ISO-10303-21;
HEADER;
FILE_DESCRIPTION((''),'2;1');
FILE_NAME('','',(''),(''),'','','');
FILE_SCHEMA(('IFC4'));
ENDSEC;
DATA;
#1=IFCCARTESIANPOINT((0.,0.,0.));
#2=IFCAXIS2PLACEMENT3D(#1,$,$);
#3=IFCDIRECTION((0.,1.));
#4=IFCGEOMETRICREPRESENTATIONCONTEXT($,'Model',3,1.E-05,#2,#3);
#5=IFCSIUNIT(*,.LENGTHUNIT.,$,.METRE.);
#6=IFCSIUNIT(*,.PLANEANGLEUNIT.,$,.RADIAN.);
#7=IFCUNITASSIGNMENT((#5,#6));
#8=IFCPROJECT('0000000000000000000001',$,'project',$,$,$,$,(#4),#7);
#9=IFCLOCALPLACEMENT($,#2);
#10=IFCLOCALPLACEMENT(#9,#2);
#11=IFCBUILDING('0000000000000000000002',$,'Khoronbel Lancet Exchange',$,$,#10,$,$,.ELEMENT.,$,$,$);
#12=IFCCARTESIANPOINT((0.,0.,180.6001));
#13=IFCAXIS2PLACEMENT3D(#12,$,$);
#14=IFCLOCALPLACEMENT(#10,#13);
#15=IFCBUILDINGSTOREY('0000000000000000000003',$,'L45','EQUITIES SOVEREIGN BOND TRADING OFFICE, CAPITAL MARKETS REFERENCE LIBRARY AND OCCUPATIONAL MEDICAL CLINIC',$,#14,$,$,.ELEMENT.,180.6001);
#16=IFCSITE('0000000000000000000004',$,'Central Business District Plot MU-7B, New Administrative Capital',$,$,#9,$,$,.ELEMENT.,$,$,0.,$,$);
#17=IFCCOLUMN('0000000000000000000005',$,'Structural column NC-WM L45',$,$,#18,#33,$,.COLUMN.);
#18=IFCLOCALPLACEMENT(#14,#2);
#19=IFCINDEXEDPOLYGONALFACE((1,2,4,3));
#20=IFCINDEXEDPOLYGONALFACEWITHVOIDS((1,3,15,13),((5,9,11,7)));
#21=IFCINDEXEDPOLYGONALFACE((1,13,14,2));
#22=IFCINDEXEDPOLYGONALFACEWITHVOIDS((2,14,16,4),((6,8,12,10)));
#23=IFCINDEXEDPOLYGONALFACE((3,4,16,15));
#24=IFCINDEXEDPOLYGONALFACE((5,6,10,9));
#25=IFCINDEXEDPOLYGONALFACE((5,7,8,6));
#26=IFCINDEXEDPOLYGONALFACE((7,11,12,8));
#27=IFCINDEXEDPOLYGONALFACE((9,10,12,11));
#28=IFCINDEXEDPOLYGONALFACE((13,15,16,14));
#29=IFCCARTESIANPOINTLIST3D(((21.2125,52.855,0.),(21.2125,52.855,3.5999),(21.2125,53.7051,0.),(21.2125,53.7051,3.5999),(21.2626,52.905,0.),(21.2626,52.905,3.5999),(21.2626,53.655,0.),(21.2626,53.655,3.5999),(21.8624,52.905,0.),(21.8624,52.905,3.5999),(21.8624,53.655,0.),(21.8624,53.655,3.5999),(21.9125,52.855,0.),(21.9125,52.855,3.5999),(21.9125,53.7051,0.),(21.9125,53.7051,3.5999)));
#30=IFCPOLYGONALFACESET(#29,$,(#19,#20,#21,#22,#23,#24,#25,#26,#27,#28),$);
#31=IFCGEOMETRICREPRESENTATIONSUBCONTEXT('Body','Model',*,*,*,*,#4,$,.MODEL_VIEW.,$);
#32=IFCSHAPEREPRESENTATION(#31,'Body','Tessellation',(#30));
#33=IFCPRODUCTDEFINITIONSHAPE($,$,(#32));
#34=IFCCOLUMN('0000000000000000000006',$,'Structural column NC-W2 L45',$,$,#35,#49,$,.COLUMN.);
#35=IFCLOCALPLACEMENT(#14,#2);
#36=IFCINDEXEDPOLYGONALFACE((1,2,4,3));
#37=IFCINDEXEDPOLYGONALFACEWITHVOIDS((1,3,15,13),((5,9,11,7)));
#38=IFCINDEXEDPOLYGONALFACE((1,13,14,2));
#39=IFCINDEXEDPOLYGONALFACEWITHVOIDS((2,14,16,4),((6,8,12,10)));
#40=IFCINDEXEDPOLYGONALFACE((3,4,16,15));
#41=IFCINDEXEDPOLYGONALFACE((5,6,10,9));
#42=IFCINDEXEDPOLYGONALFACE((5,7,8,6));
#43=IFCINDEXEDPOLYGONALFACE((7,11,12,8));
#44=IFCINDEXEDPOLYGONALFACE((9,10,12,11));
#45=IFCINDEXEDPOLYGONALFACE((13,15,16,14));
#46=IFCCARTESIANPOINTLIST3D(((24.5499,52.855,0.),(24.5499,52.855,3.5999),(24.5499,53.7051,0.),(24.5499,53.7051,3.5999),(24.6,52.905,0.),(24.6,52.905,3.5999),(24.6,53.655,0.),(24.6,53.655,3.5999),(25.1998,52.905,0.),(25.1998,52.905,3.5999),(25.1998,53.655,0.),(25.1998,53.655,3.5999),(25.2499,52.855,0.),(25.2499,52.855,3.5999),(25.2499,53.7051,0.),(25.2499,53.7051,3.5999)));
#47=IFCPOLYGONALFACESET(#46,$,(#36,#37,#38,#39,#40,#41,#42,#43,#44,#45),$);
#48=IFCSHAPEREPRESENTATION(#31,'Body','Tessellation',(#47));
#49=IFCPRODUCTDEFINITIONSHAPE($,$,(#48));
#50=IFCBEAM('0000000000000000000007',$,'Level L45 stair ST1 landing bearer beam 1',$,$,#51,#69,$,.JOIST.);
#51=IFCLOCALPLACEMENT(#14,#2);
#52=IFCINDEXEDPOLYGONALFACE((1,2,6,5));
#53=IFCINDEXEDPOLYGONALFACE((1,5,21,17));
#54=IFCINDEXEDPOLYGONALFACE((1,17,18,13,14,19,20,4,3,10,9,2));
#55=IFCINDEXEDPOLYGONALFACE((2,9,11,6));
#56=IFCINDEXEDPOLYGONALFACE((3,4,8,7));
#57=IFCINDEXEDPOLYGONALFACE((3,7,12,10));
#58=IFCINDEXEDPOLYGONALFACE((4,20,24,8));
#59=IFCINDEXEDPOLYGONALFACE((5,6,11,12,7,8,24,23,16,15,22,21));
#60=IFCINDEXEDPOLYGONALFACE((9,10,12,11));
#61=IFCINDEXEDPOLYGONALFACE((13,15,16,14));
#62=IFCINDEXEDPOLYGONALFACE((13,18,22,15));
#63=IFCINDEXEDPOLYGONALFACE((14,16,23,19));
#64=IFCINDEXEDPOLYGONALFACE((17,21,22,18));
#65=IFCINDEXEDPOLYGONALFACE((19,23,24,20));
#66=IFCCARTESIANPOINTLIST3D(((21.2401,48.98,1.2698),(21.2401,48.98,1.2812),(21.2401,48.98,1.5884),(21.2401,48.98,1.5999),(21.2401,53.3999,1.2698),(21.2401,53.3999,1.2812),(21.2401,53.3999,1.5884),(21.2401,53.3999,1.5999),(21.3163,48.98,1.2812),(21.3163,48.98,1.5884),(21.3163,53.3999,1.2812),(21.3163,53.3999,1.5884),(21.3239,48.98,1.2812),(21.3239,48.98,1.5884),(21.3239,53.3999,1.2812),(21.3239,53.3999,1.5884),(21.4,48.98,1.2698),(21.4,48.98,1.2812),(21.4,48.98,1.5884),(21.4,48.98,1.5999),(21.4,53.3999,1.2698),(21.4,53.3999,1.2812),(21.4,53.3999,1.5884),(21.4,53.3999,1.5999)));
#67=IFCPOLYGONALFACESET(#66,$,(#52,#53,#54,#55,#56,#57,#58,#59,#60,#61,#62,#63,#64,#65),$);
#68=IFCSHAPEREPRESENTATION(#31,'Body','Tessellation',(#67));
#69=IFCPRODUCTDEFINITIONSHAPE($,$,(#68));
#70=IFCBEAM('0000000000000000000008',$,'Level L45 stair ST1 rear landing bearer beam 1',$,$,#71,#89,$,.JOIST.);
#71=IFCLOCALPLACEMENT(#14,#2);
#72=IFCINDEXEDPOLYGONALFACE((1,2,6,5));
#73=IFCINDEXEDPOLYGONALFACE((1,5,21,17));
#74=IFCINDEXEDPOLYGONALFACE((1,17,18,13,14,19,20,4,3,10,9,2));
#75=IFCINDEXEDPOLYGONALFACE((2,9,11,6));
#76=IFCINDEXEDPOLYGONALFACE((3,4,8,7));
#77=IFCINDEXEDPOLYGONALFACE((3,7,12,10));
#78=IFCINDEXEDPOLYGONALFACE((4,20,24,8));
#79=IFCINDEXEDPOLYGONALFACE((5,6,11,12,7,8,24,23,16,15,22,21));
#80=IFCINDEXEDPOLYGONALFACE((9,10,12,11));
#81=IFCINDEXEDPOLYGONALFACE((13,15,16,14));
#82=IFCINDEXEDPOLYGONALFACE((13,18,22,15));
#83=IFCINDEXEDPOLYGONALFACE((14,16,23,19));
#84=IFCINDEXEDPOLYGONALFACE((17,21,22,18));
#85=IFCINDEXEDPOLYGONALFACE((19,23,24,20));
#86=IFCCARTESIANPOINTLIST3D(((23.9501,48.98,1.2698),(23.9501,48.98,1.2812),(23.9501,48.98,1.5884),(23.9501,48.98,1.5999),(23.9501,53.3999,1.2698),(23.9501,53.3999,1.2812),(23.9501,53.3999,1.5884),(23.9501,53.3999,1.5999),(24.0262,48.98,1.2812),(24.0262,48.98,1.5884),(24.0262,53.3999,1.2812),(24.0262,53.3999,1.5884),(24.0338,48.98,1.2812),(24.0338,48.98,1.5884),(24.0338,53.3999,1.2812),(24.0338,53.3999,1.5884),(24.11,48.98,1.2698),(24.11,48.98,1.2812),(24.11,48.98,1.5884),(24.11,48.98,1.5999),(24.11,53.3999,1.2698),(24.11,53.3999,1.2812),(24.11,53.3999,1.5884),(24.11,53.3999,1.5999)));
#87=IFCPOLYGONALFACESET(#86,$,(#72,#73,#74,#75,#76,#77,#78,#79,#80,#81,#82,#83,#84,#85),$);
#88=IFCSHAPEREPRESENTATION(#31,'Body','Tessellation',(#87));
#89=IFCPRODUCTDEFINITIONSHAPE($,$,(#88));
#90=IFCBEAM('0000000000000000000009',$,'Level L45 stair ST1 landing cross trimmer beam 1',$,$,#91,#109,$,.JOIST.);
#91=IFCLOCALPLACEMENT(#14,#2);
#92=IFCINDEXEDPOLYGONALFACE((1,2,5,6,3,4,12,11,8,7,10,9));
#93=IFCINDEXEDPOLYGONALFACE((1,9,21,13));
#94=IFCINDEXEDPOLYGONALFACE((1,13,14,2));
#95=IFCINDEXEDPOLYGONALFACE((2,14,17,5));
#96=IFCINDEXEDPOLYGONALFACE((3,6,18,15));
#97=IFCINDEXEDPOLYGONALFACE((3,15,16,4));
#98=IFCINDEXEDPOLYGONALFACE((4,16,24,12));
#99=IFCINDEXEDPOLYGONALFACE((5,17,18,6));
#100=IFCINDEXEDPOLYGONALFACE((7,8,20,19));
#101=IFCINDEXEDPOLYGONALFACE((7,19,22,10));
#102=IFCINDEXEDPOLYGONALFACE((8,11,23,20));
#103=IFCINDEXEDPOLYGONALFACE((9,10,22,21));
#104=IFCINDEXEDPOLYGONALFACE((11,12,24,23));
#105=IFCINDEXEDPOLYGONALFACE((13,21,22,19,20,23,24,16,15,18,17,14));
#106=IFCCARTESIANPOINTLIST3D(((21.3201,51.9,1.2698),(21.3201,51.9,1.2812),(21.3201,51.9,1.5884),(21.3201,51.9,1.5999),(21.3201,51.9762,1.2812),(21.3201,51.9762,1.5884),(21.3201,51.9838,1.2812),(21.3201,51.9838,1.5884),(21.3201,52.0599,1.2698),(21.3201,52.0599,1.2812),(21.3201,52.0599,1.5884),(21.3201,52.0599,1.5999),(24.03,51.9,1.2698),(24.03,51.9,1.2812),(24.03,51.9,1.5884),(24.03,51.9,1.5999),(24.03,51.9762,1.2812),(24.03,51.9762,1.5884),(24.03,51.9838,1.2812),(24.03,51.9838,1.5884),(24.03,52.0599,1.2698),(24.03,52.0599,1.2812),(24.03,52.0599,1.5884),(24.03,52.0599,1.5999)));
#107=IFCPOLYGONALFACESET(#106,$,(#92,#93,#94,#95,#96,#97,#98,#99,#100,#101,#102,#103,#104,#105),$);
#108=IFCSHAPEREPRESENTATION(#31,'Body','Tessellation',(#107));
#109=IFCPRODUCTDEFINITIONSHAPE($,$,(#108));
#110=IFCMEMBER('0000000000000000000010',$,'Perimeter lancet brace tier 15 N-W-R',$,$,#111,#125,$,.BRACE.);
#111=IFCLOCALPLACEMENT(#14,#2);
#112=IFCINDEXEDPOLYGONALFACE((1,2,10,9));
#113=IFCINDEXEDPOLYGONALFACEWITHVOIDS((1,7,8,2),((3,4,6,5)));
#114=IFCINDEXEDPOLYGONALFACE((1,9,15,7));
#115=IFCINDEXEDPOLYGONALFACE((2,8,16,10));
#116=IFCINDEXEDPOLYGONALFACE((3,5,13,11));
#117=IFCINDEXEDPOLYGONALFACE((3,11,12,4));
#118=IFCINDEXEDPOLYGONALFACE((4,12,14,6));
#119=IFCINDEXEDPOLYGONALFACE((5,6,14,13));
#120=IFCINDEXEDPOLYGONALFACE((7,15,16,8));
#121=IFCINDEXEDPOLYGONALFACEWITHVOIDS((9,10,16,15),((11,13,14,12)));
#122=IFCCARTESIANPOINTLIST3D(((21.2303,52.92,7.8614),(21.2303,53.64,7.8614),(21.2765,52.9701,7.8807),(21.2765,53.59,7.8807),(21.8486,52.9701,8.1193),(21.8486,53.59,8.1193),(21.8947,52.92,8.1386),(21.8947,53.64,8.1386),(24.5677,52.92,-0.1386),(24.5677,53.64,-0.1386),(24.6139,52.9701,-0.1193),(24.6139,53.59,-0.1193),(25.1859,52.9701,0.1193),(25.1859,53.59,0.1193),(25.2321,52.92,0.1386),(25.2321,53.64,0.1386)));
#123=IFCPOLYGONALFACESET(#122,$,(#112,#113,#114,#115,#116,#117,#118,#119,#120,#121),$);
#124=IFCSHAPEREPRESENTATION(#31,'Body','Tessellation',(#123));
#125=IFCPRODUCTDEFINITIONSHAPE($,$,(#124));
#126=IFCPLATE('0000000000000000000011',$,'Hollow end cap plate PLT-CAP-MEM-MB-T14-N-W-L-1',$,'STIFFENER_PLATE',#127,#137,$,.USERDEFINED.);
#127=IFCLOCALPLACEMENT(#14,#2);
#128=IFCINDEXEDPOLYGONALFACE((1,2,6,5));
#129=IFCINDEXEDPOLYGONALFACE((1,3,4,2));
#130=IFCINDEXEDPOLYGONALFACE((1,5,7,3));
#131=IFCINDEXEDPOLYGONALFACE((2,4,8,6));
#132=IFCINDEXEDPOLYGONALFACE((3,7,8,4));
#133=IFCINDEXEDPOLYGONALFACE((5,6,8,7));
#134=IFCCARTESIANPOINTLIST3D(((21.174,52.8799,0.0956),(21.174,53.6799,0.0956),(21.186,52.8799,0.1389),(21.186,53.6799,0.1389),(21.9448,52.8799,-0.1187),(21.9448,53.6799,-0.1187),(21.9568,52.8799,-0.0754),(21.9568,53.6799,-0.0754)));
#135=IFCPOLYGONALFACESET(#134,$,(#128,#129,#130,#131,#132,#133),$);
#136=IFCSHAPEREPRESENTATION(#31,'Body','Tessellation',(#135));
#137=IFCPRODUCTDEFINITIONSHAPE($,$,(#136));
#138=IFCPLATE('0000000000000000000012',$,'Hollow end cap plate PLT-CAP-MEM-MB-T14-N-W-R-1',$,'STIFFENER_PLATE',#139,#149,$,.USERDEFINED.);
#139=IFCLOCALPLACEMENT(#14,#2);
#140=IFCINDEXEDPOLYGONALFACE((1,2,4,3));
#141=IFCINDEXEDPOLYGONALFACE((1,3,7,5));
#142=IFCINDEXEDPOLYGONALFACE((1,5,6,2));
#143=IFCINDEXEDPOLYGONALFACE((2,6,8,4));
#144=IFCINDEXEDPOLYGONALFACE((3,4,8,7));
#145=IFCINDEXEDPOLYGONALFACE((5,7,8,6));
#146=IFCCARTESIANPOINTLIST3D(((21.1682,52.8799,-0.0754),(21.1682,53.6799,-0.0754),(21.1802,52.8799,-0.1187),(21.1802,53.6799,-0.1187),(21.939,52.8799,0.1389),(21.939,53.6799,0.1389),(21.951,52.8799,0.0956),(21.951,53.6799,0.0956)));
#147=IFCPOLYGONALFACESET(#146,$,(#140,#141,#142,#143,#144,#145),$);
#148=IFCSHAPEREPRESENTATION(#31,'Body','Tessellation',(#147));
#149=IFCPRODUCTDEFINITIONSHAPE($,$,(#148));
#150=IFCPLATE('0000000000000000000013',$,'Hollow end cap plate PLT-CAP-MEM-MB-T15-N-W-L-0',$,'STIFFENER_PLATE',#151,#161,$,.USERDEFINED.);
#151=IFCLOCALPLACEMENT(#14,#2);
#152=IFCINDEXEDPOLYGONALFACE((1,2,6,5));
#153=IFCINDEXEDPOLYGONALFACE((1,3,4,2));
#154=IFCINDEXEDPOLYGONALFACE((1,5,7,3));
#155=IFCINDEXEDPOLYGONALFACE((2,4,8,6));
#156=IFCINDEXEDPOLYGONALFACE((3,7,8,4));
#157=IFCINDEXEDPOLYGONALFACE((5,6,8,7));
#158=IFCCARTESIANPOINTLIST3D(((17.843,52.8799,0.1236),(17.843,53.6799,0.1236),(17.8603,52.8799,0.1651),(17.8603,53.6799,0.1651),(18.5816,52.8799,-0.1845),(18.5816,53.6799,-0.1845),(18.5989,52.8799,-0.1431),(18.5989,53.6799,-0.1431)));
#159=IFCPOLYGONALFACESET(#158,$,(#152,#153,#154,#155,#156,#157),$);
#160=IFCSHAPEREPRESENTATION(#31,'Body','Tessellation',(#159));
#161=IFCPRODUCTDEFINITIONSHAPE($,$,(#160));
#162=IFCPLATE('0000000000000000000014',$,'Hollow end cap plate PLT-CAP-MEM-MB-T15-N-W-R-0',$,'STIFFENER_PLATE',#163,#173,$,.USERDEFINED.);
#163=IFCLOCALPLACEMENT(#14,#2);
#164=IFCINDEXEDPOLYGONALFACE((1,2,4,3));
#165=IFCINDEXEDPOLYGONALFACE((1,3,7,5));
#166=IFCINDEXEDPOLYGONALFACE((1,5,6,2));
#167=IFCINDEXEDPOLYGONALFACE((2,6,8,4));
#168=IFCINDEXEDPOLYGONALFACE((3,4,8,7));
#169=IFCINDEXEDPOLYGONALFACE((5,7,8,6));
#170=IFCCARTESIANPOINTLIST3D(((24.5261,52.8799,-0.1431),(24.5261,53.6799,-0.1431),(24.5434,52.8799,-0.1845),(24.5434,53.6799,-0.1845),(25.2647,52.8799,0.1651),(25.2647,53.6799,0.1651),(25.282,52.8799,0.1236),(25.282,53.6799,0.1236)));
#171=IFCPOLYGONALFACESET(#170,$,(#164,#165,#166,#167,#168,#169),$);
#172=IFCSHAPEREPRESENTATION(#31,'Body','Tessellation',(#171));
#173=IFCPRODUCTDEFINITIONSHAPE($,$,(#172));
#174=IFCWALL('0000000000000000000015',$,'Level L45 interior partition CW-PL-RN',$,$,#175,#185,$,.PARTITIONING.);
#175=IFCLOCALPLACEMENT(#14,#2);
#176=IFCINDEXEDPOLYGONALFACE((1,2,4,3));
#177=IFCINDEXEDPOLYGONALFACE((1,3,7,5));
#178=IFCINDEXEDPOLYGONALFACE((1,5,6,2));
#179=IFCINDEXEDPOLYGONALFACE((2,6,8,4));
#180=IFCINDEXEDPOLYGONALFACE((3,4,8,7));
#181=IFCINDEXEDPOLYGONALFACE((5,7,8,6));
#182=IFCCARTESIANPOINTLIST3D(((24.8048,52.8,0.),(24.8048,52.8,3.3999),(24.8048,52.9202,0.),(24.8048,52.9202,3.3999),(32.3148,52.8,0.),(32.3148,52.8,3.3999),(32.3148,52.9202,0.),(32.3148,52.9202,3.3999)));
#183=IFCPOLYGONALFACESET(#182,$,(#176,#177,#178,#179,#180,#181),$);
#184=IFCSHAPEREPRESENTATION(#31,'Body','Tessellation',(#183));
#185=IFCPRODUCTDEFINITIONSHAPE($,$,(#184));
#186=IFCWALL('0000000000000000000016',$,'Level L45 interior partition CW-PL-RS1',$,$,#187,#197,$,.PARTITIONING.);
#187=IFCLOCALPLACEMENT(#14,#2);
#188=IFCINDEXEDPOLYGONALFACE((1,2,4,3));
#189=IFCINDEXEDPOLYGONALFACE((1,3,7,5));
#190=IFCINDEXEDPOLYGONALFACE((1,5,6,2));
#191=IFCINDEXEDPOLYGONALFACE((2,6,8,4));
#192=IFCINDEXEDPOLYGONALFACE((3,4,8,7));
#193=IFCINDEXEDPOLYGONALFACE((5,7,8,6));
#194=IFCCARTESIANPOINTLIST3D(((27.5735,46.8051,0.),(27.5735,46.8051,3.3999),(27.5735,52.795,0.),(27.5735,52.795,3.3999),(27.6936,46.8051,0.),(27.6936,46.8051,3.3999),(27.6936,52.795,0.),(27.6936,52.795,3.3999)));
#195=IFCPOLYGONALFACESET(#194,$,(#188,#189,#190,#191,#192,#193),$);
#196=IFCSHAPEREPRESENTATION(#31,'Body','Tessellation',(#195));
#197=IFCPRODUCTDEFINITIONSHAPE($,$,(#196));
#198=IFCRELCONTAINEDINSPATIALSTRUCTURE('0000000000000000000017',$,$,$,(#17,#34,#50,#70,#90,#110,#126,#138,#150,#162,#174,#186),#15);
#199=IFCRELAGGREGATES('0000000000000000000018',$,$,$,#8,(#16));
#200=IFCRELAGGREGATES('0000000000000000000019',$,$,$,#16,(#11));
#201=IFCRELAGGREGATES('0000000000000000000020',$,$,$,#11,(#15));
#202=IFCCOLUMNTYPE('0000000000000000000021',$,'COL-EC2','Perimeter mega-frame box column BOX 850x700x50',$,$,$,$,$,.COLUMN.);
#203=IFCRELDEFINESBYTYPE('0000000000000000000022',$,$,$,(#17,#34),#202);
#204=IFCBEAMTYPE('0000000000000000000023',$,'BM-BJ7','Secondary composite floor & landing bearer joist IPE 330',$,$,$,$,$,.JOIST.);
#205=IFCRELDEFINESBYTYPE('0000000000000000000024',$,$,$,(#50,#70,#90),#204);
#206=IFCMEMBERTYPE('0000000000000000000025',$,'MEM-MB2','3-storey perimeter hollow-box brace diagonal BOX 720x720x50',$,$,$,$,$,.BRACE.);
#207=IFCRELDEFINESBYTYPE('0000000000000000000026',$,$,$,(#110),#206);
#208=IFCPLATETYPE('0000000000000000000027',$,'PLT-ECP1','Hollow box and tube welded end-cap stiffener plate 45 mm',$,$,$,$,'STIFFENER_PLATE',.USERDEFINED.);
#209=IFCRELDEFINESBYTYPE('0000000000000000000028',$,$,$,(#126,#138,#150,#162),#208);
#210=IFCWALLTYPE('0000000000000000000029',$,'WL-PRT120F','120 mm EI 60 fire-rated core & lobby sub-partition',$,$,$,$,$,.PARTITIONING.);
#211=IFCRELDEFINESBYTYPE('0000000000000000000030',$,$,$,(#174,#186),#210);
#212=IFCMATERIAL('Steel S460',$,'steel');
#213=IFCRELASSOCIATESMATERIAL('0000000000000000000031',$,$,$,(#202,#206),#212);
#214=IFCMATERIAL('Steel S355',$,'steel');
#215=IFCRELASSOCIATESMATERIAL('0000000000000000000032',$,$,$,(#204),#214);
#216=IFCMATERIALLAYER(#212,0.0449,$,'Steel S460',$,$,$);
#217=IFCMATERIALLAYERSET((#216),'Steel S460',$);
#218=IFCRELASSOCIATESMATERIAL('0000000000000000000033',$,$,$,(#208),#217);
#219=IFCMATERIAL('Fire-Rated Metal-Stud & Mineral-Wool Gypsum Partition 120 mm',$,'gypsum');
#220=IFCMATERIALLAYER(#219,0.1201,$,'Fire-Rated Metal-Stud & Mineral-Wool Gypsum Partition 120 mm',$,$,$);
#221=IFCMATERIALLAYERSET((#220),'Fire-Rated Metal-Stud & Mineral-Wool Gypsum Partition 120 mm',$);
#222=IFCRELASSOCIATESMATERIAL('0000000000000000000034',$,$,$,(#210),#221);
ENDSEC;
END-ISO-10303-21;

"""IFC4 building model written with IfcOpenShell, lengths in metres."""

from ifc_helpers import new_model, si_unit, direction, frame, frame_2d, origin, origin_2d, place, context, subcontext, project, spatial, polyline, rectangle, hollow_rectangle, i_section, outline, extrude, material, layer, layer_set, material_profile, profile_set, type_object, element, save


model = new_model("IFC4")

# Units and contexts
model_context = context("Model", 3, precision=1e-05, world=origin(), true_north=direction((0.0, 1.0)))
body_context = subcontext(model_context, "Body", "Model", "MODEL_VIEW")
ifc_project = project(units=[si_unit("LENGTHUNIT", "METRE"), si_unit("PLANEANGLEUNIT", "RADIAN")], contexts=[model_context])

# Site, building, storey
site_placement = place(None, origin())
site = spatial("IfcSite", under=ifc_project, at=site_placement, Name="Central Business District Plot MU-7B, New Administrative Capital", CompositionType="ELEMENT", RefElevation=0.0)
building_placement = place(site_placement, origin())
building = spatial("IfcBuilding", under=site, at=building_placement, Name="Khoronbel Lancet Exchange", CompositionType="ELEMENT")
storey_placement = place(building_placement, frame((0.0, 0.0, 180.6001)))
storey = spatial("IfcBuildingStorey", under=building, at=storey_placement, Name="L45", Description="EQUITIES SOVEREIGN BOND TRADING OFFICE, CAPITAL MARKETS REFERENCE LIBRARY AND OCCUPATIONAL MEDICAL CLINIC", CompositionType="ELEMENT", Elevation=180.6001)

# Columns
ifc_material_1 = material(Name="Steel S460", Category="steel")
ifc_material_profile_1 = material_profile(ifc_material_1, hollow_rectangle(XDim=0.7, YDim=0.8501, WallThickness=0.05, at=origin_2d()), Name="BOX 850x700x50")
ifc_profile_set_1 = profile_set([ifc_material_profile_1], Name="Steel S460")
column_type = type_object("IfcColumnType", Name="COL-EC2", Description="Perimeter mega-frame box column BOX 850x700x50", PredefinedType="COLUMN", material=ifc_profile_set_1)
for number, where, z_axis, x_axis, name in (
    (1, (21.5625, 53.28, 0.0), (0.0, 0.0, 1.0), (1.0, 0.0, 0.0), "Structural column NC-WM L45"),
    (2, (24.8999, 53.28, 0.0), (0.0, 0.0, 1.0), (1.0, 0.0, 0.0), "Structural column NC-W2 L45"),
):
    element("IfcColumn", number, at=place(storey_placement, frame(where, z_axis=z_axis, x_axis=x_axis)), inside=storey, type_object=column_type, Name=name, PredefinedType="COLUMN", context=body_context, shape_type="SweptSolid", body=[
        extrude(hollow_rectangle(XDim=0.7, YDim=0.8501, WallThickness=0.05, at=origin_2d()), origin(), (0.0, 0.0, 1.0), 3.5999),
    ])

# Beams
ifc_material_2 = material(Name="Steel S355", Category="steel")
ifc_material_profile_2 = material_profile(ifc_material_2, i_section(OverallWidth=0.1599, OverallDepth=0.3301, WebThickness=0.0076, FlangeThickness=0.0115, at=origin_2d()), Name="IPE 330")
ifc_profile_set_2 = profile_set([ifc_material_profile_2], Name="Steel S355")
beam_type = type_object("IfcBeamType", Name="BM-BJ7", Description="Secondary composite floor & landing bearer joist IPE 330", PredefinedType="JOIST", material=ifc_profile_set_2)
for number, where, z_axis, x_axis, name in (
    (3, (21.3201, 48.98, 1.4348), (0.0, 1.0, 0.0), (-1.0, 0.0, 0.0), "Level L45 stair ST1 landing bearer beam 1"),
    (4, (24.03, 48.98, 1.4348), (0.0, 1.0, 0.0), (-1.0, 0.0, 0.0), "Level L45 stair ST1 rear landing bearer beam 1"),
):
    element("IfcBeam", number, at=place(storey_placement, frame(where, z_axis=z_axis, x_axis=x_axis)), inside=storey, type_object=beam_type, Name=name, PredefinedType="JOIST", context=body_context, shape_type="SweptSolid", body=[
        extrude(i_section(OverallWidth=0.1599, OverallDepth=0.3301, WebThickness=0.0076, FlangeThickness=0.0115, at=origin_2d()), origin(), (0.0, 0.0, 1.0), 4.4199),
    ])
beam_placement = place(storey_placement, frame((21.3201, 51.98, 1.4348), z_axis=(1.0, 0.0, 0.0), x_axis=(0.0, 1.0, 0.0)))
element("IfcBeam", 5, at=beam_placement, inside=storey, type_object=beam_type, Name="Level L45 stair ST1 landing cross trimmer beam 1", PredefinedType="JOIST", context=body_context, shape_type="SweptSolid", body=[
    extrude(i_section(OverallWidth=0.1599, OverallDepth=0.3301, WebThickness=0.0076, FlangeThickness=0.0115, at=origin_2d()), origin(), (0.0, 0.0, 1.0), 2.71),
])

# Member
ifc_material_profile_3 = material_profile(ifc_material_1, hollow_rectangle(XDim=0.72, YDim=0.72, WallThickness=0.05, at=origin_2d()), Name="BOX 720x720x50")
ifc_profile_set_3 = profile_set([ifc_material_profile_3], Name="Steel S460")
member_type = type_object("IfcMemberType", Name="MEM-MB2", Description="3-storey perimeter hollow-box brace diagonal BOX 720x720x50", PredefinedType="BRACE", material=ifc_profile_set_3)
member_placement = place(storey_placement, frame((24.8999, 53.28, 0.0), z_axis=(-0.385015, 0.0, 0.92291), x_axis=(0.0, -1.0, 0.0)))
element("IfcMember", 6, at=member_placement, inside=storey, type_object=member_type, Name="Perimeter lancet brace tier 15 N-W-R", PredefinedType="BRACE", context=body_context, shape_type="SweptSolid", body=[
    extrude(hollow_rectangle(XDim=0.72, YDim=0.72, WallThickness=0.05, at=origin_2d()), origin(), (0.0, 0.0, 1.0), 8.6682),
])

# Plates
ifc_layer_1 = layer(ifc_material_1, 0.0449, Name="Steel S460")
ifc_layer_set_1 = layer_set([ifc_layer_1], Name="Steel S460")
plate_type = type_object("IfcPlateType", Name="PLT-ECP1", Description="Hollow box and tube welded end-cap stiffener plate 45 mm", ElementType="STIFFENER_PLATE", PredefinedType="USERDEFINED", material=ifc_layer_set_1)
for number, where, z_axis, x_axis, name in (
    (7, (21.9568, 52.8799, -0.0754), (0.267943, 0.0, 0.963435), (0.0, 1.0, 0.0), "Hollow end cap plate PLT-CAP-MEM-MB-T14-N-W-L-1"),
    (8, (21.1682, 53.6799, -0.0754), (-0.267943, 0.0, 0.963435), (0.0, -1.0, 0.0), "Hollow end cap plate PLT-CAP-MEM-MB-T14-N-W-R-1"),
):
    element("IfcPlate", number, at=place(storey_placement, frame(where, z_axis=z_axis, x_axis=x_axis)), inside=storey, type_object=plate_type, Name=name, ObjectType="STIFFENER_PLATE", PredefinedType="USERDEFINED", context=body_context, shape_type="SweptSolid", body=[
        extrude(outline(polyline([(0.0, 0.0), (0.8, 0.0), (0.8, 0.8), (0.0, 0.8), (0.0, 0.0)])), origin(), (0.0, 0.0, -1.0), 0.0449),
    ])
for number, where, z_axis, x_axis, name in (
    (9, (18.5989, 52.8799, -0.1431), (0.385027, 0.0, 0.922905), (0.0, 1.0, 0.0), "Hollow end cap plate PLT-CAP-MEM-MB-T15-N-W-L-0"),
    (10, (24.5261, 53.6799, -0.1431), (-0.385027, 0.0, 0.922905), (0.0, -1.0, 0.0), "Hollow end cap plate PLT-CAP-MEM-MB-T15-N-W-R-0"),
):
    element("IfcPlate", number, at=place(storey_placement, frame(where, z_axis=z_axis, x_axis=x_axis)), inside=storey, type_object=plate_type, Name=name, ObjectType="STIFFENER_PLATE", PredefinedType="USERDEFINED", context=body_context, shape_type="SweptSolid", body=[
        extrude(outline(polyline([(0.0, 0.0), (0.8, 0.0), (0.8, 0.8003), (0.0, 0.8003), (0.0, 0.0)])), origin(), (0.0, 0.0, -1.0), 0.0449),
    ])

# Walls
ifc_material_3 = material(Name="Fire-Rated Metal-Stud & Mineral-Wool Gypsum Partition 120 mm", Category="gypsum")
ifc_layer_2 = layer(ifc_material_3, 0.1201, Name="Fire-Rated Metal-Stud & Mineral-Wool Gypsum Partition 120 mm")
ifc_layer_set_2 = layer_set([ifc_layer_2], Name="Fire-Rated Metal-Stud & Mineral-Wool Gypsum Partition 120 mm")
wall_type_1 = type_object("IfcWallType", Name="WL-PRT120F", Description="120 mm EI 60 fire-rated core & lobby sub-partition", PredefinedType="PARTITIONING", material=ifc_layer_set_2)
wall_1_placement = place(storey_placement, frame((24.8049, 52.8601, 0.0), z_axis=(0.0, 0.0, 1.0), x_axis=(1.0, 0.0, 0.0)))
element("IfcWall", 11, at=wall_1_placement, inside=storey, type_object=wall_type_1, Name="Level L45 interior partition CW-PL-RN", PredefinedType="PARTITIONING", context=body_context, shape_type="SweptSolid", body=[
    extrude(rectangle(XDim=7.51, YDim=0.1201, at=frame_2d((3.7549, 0.0))), origin(), (0.0, 0.0, 1.0), 3.3999),
])
wall_2_placement = place(storey_placement, frame((27.6335, 46.8049, 0.0), z_axis=(0.0, 0.0, 1.0), x_axis=(0.0, 1.0, 0.0)))
element("IfcWall", 12, at=wall_2_placement, inside=storey, type_object=wall_type_1, Name="Level L45 interior partition CW-PL-RS1", PredefinedType="PARTITIONING", context=body_context, shape_type="SweptSolid", body=[
    extrude(rectangle(XDim=5.99, YDim=0.1201, at=frame_2d((2.9951, 0.0))), origin(), (0.0, 0.0, 1.0), 3.3999),
])

save(model, "model.ifc")
